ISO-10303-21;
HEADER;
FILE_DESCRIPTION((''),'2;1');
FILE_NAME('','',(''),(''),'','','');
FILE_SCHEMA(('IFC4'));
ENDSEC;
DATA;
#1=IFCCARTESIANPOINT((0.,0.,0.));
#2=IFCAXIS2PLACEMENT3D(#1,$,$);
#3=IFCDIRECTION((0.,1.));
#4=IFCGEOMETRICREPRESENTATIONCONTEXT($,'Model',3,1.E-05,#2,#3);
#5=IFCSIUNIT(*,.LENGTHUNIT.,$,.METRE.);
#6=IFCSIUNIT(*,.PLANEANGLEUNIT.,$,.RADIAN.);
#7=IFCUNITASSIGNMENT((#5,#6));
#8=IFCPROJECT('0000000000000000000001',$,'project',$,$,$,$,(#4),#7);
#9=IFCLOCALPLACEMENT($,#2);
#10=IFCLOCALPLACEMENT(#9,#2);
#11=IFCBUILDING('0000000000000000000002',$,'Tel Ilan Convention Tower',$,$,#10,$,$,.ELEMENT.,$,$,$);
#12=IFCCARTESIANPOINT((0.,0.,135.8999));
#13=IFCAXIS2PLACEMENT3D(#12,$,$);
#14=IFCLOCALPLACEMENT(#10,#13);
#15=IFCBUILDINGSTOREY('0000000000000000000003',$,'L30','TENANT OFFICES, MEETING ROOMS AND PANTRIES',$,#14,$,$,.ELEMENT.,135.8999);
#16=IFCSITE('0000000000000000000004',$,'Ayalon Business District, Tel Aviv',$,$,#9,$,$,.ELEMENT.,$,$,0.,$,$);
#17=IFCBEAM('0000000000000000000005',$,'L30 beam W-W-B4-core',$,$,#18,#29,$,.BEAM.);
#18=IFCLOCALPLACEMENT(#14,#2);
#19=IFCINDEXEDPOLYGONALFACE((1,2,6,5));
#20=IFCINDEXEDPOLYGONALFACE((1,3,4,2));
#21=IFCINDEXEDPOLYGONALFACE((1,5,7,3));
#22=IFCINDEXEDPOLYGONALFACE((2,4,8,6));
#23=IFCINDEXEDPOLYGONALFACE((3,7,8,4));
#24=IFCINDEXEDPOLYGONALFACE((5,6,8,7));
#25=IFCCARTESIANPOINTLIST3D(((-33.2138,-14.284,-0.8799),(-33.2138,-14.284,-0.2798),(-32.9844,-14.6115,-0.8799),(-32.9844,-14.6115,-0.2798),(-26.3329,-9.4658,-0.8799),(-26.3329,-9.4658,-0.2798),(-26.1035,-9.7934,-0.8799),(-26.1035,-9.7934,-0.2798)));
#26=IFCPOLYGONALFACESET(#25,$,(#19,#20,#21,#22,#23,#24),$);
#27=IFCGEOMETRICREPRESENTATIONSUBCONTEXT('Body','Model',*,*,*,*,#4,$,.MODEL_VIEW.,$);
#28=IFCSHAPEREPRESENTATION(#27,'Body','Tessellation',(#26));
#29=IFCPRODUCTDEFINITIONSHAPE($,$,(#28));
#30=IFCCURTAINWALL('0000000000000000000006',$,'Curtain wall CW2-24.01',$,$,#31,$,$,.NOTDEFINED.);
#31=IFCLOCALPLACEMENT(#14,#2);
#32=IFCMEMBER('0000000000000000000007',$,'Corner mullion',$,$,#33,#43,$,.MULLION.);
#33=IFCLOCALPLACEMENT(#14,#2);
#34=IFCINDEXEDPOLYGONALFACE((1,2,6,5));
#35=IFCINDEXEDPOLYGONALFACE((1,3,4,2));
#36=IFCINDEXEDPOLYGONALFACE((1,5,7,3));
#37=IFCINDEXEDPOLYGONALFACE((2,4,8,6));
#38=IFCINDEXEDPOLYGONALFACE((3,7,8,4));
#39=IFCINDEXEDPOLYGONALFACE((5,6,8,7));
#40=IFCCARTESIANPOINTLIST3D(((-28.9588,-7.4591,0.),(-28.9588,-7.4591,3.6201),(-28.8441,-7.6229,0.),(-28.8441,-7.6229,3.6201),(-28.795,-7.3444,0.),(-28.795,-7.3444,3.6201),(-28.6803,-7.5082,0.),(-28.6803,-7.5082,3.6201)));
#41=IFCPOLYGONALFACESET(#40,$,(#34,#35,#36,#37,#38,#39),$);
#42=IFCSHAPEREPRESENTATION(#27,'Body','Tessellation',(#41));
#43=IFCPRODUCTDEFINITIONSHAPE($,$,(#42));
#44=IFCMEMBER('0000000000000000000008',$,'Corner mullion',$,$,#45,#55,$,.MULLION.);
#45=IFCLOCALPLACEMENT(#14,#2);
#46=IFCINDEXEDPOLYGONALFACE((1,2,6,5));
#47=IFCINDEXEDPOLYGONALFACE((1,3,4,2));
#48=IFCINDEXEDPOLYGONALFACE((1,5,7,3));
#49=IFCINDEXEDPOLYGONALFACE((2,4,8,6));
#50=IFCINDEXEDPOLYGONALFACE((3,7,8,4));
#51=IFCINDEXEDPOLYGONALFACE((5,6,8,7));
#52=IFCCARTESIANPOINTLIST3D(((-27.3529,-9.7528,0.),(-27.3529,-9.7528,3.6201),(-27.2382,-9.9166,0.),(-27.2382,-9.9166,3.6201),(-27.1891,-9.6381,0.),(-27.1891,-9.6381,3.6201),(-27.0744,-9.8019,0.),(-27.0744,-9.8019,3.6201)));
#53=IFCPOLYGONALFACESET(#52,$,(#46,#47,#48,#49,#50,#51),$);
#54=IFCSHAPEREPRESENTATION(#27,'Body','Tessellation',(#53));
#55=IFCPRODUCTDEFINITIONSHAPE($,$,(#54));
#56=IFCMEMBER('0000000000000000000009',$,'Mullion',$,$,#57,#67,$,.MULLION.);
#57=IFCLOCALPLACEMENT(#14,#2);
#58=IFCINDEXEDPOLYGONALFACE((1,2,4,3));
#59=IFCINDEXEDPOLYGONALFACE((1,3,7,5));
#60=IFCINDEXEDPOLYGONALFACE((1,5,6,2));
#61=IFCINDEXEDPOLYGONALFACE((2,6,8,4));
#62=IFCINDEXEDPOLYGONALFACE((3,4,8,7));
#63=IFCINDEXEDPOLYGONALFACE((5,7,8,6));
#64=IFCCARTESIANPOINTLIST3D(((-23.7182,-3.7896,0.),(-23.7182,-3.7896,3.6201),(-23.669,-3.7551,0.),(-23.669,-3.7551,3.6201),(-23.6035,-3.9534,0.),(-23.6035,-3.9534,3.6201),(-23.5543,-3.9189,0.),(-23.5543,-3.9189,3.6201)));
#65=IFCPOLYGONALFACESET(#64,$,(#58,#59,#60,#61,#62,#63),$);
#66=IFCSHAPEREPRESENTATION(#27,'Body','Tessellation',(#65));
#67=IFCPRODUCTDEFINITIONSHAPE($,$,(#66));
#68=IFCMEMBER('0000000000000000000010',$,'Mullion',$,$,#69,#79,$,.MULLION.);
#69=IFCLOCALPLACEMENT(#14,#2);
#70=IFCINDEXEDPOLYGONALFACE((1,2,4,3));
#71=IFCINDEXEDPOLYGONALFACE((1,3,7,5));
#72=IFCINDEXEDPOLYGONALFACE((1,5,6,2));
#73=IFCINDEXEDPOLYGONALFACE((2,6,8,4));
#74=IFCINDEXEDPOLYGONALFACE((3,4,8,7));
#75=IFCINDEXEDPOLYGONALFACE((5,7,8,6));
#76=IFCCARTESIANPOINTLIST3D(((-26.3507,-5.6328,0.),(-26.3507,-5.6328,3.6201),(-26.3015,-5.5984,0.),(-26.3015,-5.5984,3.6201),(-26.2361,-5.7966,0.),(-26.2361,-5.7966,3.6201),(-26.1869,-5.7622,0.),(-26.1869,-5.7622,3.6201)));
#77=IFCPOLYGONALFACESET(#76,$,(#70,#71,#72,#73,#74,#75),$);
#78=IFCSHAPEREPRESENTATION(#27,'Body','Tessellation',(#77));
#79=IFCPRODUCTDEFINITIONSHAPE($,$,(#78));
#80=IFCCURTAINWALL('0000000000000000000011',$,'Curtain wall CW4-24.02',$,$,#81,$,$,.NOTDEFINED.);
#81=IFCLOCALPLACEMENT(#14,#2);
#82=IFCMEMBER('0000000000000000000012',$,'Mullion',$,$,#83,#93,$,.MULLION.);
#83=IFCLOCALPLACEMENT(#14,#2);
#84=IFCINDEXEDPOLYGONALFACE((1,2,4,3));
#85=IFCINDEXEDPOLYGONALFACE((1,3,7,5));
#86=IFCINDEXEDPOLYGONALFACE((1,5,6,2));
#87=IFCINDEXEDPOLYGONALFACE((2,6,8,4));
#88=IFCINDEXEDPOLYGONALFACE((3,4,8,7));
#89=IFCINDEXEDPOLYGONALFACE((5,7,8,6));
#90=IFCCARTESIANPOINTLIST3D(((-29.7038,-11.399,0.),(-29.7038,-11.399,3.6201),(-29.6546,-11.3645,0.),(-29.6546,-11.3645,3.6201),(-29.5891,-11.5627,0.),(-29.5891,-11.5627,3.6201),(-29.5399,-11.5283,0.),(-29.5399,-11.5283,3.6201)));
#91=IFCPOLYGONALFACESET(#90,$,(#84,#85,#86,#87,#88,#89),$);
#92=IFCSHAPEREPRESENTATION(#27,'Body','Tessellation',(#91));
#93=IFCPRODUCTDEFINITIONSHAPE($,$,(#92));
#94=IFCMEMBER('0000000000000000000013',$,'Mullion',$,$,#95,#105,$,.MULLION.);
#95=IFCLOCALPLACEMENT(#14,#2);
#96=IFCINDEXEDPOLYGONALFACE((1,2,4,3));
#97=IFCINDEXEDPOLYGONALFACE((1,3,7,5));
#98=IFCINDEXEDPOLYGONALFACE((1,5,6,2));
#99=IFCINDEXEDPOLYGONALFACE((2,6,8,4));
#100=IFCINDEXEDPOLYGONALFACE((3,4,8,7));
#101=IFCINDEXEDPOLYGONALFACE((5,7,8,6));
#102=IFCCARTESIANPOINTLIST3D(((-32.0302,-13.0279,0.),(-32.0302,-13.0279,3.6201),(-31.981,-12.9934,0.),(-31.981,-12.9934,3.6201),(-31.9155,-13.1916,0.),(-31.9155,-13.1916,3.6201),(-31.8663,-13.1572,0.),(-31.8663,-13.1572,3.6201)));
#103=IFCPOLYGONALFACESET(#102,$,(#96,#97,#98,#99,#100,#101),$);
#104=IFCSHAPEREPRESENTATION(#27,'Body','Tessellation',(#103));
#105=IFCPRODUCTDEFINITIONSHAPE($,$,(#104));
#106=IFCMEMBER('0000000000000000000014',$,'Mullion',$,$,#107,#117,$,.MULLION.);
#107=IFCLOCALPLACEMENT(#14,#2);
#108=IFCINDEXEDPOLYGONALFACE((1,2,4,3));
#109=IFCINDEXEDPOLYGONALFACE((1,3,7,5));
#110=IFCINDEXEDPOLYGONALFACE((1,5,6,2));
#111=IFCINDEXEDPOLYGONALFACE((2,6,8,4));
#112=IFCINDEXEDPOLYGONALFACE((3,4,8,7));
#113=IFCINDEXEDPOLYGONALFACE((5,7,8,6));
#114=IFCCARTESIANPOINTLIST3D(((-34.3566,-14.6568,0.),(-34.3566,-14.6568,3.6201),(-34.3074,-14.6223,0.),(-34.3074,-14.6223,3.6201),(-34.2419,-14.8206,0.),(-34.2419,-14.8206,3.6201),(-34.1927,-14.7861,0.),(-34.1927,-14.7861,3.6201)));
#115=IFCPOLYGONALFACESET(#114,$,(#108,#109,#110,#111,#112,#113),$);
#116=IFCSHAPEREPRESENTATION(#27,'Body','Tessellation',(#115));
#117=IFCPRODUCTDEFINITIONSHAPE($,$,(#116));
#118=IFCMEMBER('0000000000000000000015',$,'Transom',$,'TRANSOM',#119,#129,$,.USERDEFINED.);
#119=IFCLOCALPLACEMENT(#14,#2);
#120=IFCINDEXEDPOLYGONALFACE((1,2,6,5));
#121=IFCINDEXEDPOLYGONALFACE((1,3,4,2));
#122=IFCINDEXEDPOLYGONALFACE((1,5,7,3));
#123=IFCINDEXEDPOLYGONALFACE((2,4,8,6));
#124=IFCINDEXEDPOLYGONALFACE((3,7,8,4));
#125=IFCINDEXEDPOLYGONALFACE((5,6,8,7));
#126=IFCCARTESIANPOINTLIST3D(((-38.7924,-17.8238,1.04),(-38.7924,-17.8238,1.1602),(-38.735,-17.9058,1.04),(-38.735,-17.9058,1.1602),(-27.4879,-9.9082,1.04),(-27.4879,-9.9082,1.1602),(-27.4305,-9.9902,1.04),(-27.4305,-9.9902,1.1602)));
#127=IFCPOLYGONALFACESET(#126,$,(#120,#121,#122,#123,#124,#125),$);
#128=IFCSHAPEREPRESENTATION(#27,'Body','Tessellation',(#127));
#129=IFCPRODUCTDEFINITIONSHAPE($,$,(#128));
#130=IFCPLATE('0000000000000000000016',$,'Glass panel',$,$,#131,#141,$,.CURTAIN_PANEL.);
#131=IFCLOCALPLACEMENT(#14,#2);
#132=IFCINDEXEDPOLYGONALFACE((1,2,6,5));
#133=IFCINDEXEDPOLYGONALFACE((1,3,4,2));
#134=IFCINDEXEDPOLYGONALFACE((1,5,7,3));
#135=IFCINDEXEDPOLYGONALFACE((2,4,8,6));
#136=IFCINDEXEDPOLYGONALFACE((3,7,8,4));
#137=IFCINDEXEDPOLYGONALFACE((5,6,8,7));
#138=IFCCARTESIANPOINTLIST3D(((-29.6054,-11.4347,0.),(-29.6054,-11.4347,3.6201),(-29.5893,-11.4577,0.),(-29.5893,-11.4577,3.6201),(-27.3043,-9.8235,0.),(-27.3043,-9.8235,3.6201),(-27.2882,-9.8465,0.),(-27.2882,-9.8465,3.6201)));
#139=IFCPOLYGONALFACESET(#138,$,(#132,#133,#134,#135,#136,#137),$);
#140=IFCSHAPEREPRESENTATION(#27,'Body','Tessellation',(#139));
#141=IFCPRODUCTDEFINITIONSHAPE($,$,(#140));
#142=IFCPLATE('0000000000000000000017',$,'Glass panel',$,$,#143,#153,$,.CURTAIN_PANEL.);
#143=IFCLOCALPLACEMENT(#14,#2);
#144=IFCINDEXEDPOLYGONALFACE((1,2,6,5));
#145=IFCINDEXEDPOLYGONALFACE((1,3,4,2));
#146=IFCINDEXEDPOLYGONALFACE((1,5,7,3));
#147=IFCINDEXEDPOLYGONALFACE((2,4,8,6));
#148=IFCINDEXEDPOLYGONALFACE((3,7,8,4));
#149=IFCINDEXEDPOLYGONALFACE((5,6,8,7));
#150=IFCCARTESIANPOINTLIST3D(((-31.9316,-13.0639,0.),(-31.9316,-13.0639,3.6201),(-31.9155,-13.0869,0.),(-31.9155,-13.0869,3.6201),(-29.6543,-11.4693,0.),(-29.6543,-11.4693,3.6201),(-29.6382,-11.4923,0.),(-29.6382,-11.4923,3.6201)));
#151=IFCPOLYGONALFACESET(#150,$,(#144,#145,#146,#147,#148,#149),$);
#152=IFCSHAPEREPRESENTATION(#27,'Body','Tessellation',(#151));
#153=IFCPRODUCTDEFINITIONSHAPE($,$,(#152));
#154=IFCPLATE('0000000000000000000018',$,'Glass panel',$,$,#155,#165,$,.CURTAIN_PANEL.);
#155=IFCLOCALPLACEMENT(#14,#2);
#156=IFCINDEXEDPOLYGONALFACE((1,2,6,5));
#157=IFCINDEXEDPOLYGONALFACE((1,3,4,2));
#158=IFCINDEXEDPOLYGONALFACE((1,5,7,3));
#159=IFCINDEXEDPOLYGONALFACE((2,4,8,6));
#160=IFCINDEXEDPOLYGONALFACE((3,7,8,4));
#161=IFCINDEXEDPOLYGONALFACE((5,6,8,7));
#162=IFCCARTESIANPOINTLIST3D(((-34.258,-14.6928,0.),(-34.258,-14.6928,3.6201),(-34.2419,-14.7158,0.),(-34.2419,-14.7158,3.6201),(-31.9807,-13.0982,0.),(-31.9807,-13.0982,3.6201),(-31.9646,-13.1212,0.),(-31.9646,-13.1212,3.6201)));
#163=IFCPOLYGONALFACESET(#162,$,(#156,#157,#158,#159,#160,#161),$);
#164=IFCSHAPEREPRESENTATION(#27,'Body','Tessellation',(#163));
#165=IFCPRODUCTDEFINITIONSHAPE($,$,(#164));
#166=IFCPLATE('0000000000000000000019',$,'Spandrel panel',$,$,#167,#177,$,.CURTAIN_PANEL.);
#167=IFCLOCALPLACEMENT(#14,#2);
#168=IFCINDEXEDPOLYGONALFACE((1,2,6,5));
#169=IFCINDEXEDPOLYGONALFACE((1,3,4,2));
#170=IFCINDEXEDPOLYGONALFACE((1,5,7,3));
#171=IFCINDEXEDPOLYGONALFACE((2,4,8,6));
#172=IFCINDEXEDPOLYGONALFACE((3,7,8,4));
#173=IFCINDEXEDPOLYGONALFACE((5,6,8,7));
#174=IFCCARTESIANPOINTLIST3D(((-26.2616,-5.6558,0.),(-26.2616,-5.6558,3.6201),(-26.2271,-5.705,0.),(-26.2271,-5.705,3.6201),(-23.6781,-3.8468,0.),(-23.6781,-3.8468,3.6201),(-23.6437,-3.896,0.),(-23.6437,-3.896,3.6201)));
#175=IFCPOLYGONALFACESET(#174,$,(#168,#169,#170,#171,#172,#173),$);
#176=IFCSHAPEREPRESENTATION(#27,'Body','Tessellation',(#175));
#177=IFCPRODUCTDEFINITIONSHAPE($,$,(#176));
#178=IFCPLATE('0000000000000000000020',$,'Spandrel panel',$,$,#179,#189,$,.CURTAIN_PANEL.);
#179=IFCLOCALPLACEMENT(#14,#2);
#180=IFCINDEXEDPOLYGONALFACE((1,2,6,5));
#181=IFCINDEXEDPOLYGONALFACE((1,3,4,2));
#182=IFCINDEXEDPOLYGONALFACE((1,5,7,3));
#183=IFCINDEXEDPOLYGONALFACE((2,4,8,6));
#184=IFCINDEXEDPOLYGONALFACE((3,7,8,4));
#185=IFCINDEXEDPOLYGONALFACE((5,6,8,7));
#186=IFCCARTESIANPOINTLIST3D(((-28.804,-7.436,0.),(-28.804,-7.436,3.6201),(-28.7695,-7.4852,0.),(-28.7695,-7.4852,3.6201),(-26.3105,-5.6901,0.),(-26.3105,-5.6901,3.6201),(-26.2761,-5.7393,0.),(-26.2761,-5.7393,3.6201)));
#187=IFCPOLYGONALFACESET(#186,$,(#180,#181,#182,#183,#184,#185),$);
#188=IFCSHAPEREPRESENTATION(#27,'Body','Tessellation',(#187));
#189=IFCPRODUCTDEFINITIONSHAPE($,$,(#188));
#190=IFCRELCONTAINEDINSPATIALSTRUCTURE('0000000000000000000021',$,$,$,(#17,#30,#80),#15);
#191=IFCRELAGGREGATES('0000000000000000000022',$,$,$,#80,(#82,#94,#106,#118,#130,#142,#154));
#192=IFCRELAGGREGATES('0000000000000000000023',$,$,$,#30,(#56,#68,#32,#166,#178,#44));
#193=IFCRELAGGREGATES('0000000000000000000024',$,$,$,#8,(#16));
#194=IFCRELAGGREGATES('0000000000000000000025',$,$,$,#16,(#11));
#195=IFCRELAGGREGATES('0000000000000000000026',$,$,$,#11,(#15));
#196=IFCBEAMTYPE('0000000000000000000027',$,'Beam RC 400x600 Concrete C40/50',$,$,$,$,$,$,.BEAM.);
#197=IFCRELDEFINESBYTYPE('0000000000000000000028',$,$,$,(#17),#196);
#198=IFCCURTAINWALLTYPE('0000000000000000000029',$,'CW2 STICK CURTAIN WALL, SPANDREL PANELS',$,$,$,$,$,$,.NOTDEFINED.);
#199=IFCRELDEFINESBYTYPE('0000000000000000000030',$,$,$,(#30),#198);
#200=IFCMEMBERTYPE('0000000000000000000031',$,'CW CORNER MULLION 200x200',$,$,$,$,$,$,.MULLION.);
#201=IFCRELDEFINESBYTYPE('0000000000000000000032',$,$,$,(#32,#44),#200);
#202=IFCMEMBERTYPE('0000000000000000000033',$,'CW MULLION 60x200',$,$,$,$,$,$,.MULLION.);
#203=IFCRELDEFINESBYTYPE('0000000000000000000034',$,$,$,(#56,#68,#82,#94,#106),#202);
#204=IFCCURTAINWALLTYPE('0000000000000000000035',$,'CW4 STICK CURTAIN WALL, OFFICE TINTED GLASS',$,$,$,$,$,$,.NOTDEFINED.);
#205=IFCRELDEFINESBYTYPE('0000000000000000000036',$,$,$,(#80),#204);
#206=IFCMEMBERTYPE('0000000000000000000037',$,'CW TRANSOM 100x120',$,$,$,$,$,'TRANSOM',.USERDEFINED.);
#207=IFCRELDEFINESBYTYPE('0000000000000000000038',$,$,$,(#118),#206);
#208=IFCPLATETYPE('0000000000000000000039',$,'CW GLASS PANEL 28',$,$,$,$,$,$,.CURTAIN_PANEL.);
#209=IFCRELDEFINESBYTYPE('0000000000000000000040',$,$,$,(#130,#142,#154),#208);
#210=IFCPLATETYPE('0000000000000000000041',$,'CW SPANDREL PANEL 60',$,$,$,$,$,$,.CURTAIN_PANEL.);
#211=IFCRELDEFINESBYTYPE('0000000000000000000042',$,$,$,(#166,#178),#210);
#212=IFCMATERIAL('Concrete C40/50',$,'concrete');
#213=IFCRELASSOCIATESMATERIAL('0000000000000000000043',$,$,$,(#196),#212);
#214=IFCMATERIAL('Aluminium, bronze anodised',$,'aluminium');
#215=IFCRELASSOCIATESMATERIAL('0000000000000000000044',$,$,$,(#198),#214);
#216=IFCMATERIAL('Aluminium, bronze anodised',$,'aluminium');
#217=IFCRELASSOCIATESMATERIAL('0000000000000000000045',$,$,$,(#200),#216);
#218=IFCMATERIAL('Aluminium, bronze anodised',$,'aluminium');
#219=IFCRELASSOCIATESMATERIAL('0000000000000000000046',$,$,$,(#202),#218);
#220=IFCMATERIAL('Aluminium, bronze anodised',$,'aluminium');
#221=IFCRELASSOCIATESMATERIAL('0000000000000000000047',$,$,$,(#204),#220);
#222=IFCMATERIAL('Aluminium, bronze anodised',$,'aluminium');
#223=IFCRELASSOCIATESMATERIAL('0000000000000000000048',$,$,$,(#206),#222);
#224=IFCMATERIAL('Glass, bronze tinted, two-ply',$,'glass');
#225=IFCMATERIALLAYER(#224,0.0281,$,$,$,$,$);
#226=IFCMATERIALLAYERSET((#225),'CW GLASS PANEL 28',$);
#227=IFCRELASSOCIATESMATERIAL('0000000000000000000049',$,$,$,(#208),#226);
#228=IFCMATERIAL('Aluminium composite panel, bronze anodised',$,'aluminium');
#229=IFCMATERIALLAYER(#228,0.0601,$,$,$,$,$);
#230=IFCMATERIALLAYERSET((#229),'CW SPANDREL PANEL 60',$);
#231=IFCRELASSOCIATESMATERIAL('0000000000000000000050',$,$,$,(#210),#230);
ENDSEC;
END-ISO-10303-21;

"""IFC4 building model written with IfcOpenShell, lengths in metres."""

from ifc_helpers import new_model, si_unit, direction, frame, origin, origin_2d, place, context, subcontext, project, spatial, rectangle, extrude, material, layer, layer_set, material_profile, profile_set, type_object, element, aggregate, save


model = new_model("IFC4")

# Units and contexts
model_context = context("Model", 3, precision=1e-05, world=origin(), true_north=direction((0.0, 1.0)))
body_context = subcontext(model_context, "Body", "Model", "MODEL_VIEW")
ifc_project = project(units=[si_unit("LENGTHUNIT", "METRE"), si_unit("PLANEANGLEUNIT", "RADIAN")], contexts=[model_context])

# Site, building, storey
site_placement = place(None, origin())
site = spatial("IfcSite", under=ifc_project, at=site_placement, Name="Ayalon Business District, Tel Aviv", CompositionType="ELEMENT", RefElevation=0.0)
building_placement = place(site_placement, origin())
building = spatial("IfcBuilding", under=site, at=building_placement, Name="Tel Ilan Convention Tower", CompositionType="ELEMENT")
storey_placement = place(building_placement, frame((0.0, 0.0, 135.8999)))
storey = spatial("IfcBuildingStorey", under=building, at=storey_placement, Name="L30", Description="TENANT OFFICES, MEETING ROOMS AND PANTRIES", CompositionType="ELEMENT", Elevation=135.8999)

# Beam
ifc_material_1 = material(Name="Concrete C40/50", Category="concrete")
ifc_material_profile_1 = material_profile(ifc_material_1, rectangle(XDim=0.3999, YDim=0.6001, at=origin_2d()), Name="RC 400x600")
ifc_profile_set_1 = profile_set([ifc_material_profile_1], Name="Concrete C40/50")
beam_type = type_object("IfcBeamType", Name="Beam RC 400x600 Concrete C40/50", PredefinedType="BEAM", material=ifc_profile_set_1)
beam_placement = place(storey_placement, frame((-33.0991, -14.4478, -0.5798), z_axis=(0.819147, 0.573583, 0.0), x_axis=(-0.573583, 0.819147, 0.0)))
element("IfcBeam", 1, at=beam_placement, inside=storey, type_object=beam_type, Name="L30 beam W-W-B4-core", PredefinedType="BEAM", context=body_context, shape_type="SweptSolid", body=[
    extrude(rectangle(XDim=0.3999, YDim=0.6001, at=origin_2d()), origin(), (0.0, 0.0, 1.0), 8.4001),
])

# Curtain wall, members
ifc_material_2 = material(Name="Aluminium, bronze anodised", Category="aluminium")
curtain_wall_type_1 = type_object("IfcCurtainWallType", Name="CW2 STICK CURTAIN WALL, SPANDREL PANELS", PredefinedType="NOTDEFINED", material=ifc_material_2)
curtain_wall_1_placement = place(storey_placement, origin())
curtain_wall_1 = element("IfcCurtainWall", 2, at=curtain_wall_1_placement, inside=storey, type_object=curtain_wall_type_1, Name="Curtain wall CW2-24.01", PredefinedType="NOTDEFINED")
ifc_material_3 = material(Name="Aluminium, bronze anodised", Category="aluminium")
ifc_material_profile_2 = material_profile(ifc_material_3, rectangle(XDim=0.2, YDim=0.2, at=origin_2d()), Name="CW CORNER MULLION 200x200")
ifc_profile_set_2 = profile_set([ifc_material_profile_2], Name="Aluminium, bronze anodised")
member_type_1 = type_object("IfcMemberType", Name="CW CORNER MULLION 200x200", PredefinedType="MULLION", material=ifc_profile_set_2)
member_1_placement = place(storey_placement, frame((-28.8196, -7.4836, 0.0), z_axis=(0.0, 0.0, 1.0), x_axis=(-0.819152, -0.573576, 0.0)))
member_1 = element("IfcMember", 3, at=member_1_placement, type_object=member_type_1, Name="Corner mullion", PredefinedType="MULLION", context=body_context, shape_type="SweptSolid", body=[
    extrude(rectangle(XDim=0.2, YDim=0.2, at=origin_2d()), origin(), (0.0, 0.0, 1.0), 3.6201),
])
member_2_placement = place(storey_placement, frame((-27.2136, -9.7773, 0.0), z_axis=(0.0, 0.0, 1.0), x_axis=(0.573576, -0.819152, 0.0)))
member_2 = element("IfcMember", 4, at=member_2_placement, type_object=member_type_1, Name="Corner mullion", PredefinedType="MULLION", context=body_context, shape_type="SweptSolid", body=[
    extrude(rectangle(XDim=0.2, YDim=0.2, at=origin_2d()), origin(), (0.0, 0.0, 1.0), 3.6201),
])
ifc_material_4 = material(Name="Aluminium, bronze anodised", Category="aluminium")
ifc_material_profile_3 = material_profile(ifc_material_4, rectangle(XDim=0.0601, YDim=0.2, at=origin_2d()), Name="CW MULLION 60x200")
ifc_profile_set_3 = profile_set([ifc_material_profile_3], Name="Aluminium, bronze anodised")
member_type_2 = type_object("IfcMemberType", Name="CW MULLION 60x200", PredefinedType="MULLION", material=ifc_profile_set_3)
member_3_placement = place(storey_placement, frame((-23.6362, -3.8542, 0.0), z_axis=(0.0, 0.0, 1.0), x_axis=(-0.819152, -0.573576, 0.0)))
member_3 = element("IfcMember", 5, at=member_3_placement, type_object=member_type_2, Name="Mullion", PredefinedType="MULLION", context=body_context, shape_type="SweptSolid", body=[
    extrude(rectangle(XDim=0.0601, YDim=0.2, at=origin_2d()), origin(), (0.0, 0.0, 1.0), 3.6201),
])
member_4_placement = place(storey_placement, frame((-26.2688, -5.6975, 0.0), z_axis=(0.0, 0.0, 1.0), x_axis=(-0.819152, -0.573576, 0.0)))
member_4 = element("IfcMember", 6, at=member_4_placement, type_object=member_type_2, Name="Mullion", PredefinedType="MULLION", context=body_context, shape_type="SweptSolid", body=[
    extrude(rectangle(XDim=0.0601, YDim=0.2, at=origin_2d()), origin(), (0.0, 0.0, 1.0), 3.6201),
])

# Curtain wall, members, plates
ifc_material_5 = material(Name="Aluminium, bronze anodised", Category="aluminium")
curtain_wall_type_2 = type_object("IfcCurtainWallType", Name="CW4 STICK CURTAIN WALL, OFFICE TINTED GLASS", PredefinedType="NOTDEFINED", material=ifc_material_5)
curtain_wall_2_placement = place(storey_placement, origin())
curtain_wall_2 = element("IfcCurtainWall", 7, at=curtain_wall_2_placement, inside=storey, type_object=curtain_wall_type_2, Name="Curtain wall CW4-24.02", PredefinedType="NOTDEFINED")
member_5_placement = place(storey_placement, frame((-29.6218, -11.4636, 0.0), z_axis=(0.0, 0.0, 1.0), x_axis=(-0.819152, -0.573576, 0.0)))
member_5 = element("IfcMember", 8, at=member_5_placement, type_object=member_type_2, Name="Mullion", PredefinedType="MULLION", context=body_context, shape_type="SweptSolid", body=[
    extrude(rectangle(XDim=0.0601, YDim=0.2, at=origin_2d()), origin(), (0.0, 0.0, 1.0), 3.6201),
])
member_6_placement = place(storey_placement, frame((-31.9482, -13.0925, 0.0), z_axis=(0.0, 0.0, 1.0), x_axis=(-0.819152, -0.573576, 0.0)))
member_6 = element("IfcMember", 9, at=member_6_placement, type_object=member_type_2, Name="Mullion", PredefinedType="MULLION", context=body_context, shape_type="SweptSolid", body=[
    extrude(rectangle(XDim=0.0601, YDim=0.2, at=origin_2d()), origin(), (0.0, 0.0, 1.0), 3.6201),
])
member_7_placement = place(storey_placement, frame((-34.2747, -14.7214, 0.0), z_axis=(0.0, 0.0, 1.0), x_axis=(-0.819152, -0.573576, 0.0)))
member_7 = element("IfcMember", 10, at=member_7_placement, type_object=member_type_2, Name="Mullion", PredefinedType="MULLION", context=body_context, shape_type="SweptSolid", body=[
    extrude(rectangle(XDim=0.0601, YDim=0.2, at=origin_2d()), origin(), (0.0, 0.0, 1.0), 3.6201),
])
ifc_material_6 = material(Name="Aluminium, bronze anodised", Category="aluminium")
ifc_material_profile_4 = material_profile(ifc_material_6, rectangle(XDim=0.1001, YDim=0.1201, at=origin_2d()), Name="CW TRANSOM 100x120")
ifc_profile_set_4 = profile_set([ifc_material_profile_4], Name="Aluminium, bronze anodised")
member_type_3 = type_object("IfcMemberType", Name="CW TRANSOM 100x120", ElementType="TRANSOM", PredefinedType="USERDEFINED", material=ifc_profile_set_4)
member_8_placement = place(storey_placement, frame((-27.4592, -9.9492, 1.1001), z_axis=(-0.81915, -0.57358, 0.0), x_axis=(0.57358, -0.81915, 0.0)))
member_8 = element("IfcMember", 11, at=member_8_placement, type_object=member_type_3, Name="Transom", ObjectType="TRANSOM", PredefinedType="USERDEFINED", context=body_context, shape_type="SweptSolid", body=[
    extrude(rectangle(XDim=0.1001, YDim=0.1201, at=origin_2d()), origin(), (0.0, 0.0, 1.0), 13.8003),
])
ifc_material_7 = material(Name="Glass, bronze tinted, two-ply", Category="glass")
ifc_layer_1 = layer(ifc_material_7, 0.0281)
ifc_layer_set_1 = layer_set([ifc_layer_1], Name="CW GLASS PANEL 28")
plate_type_1 = type_object("IfcPlateType", Name="CW GLASS PANEL 28", PredefinedType="CURTAIN_PANEL", material=ifc_layer_set_1)
plate_1_placement = place(storey_placement, frame((-28.4468, -10.6406, 0.0), z_axis=(0.0, 0.0, 1.0), x_axis=(-0.819152, -0.573576, 0.0)))
plate_1 = element("IfcPlate", 12, at=plate_1_placement, type_object=plate_type_1, Name="Glass panel", PredefinedType="CURTAIN_PANEL", context=body_context, shape_type="SweptSolid", body=[
    extrude(rectangle(XDim=2.8091, YDim=0.0281, at=origin_2d()), origin(), (0.0, 0.0, 1.0), 3.6201),
])
plate_2_placement = place(storey_placement, frame((-30.7849, -12.2781, 0.0), z_axis=(0.0, 0.0, 1.0), x_axis=(-0.819152, -0.573576, 0.0)))
plate_2 = element("IfcPlate", 13, at=plate_2_placement, type_object=plate_type_1, Name="Glass panel", PredefinedType="CURTAIN_PANEL", context=body_context, shape_type="SweptSolid", body=[
    extrude(rectangle(XDim=2.78, YDim=0.0281, at=origin_2d()), origin(), (0.0, 0.0, 1.0), 3.6201),
])
plate_3_placement = place(storey_placement, frame((-33.1113, -13.907, 0.0), z_axis=(0.0, 0.0, 1.0), x_axis=(-0.819152, -0.573576, 0.0)))
plate_3 = element("IfcPlate", 14, at=plate_3_placement, type_object=plate_type_1, Name="Glass panel", PredefinedType="CURTAIN_PANEL", context=body_context, shape_type="SweptSolid", body=[
    extrude(rectangle(XDim=2.78, YDim=0.0281, at=origin_2d()), origin(), (0.0, 0.0, 1.0), 3.6201),
])
aggregate(curtain_wall_2, [member_5, member_6, member_7, member_8, plate_1, plate_2, plate_3])

# Plates
ifc_material_8 = material(Name="Aluminium composite panel, bronze anodised", Category="aluminium")
ifc_layer_2 = layer(ifc_material_8, 0.0601)
ifc_layer_set_2 = layer_set([ifc_layer_2], Name="CW SPANDREL PANEL 60")
plate_type_2 = type_object("IfcPlateType", Name="CW SPANDREL PANEL 60", PredefinedType="CURTAIN_PANEL", material=ifc_layer_set_2)
plate_4_placement = place(storey_placement, frame((-24.9526, -4.7759, 0.0), z_axis=(0.0, 0.0, 1.0), x_axis=(-0.819152, -0.573576, 0.0)))
plate_4 = element("IfcPlate", 15, at=plate_4_placement, type_object=plate_type_2, Name="Spandrel panel", PredefinedType="CURTAIN_PANEL", context=body_context, shape_type="SweptSolid", body=[
    extrude(rectangle(XDim=3.1538, YDim=0.0601, at=origin_2d()), origin(), (0.0, 0.0, 1.0), 3.6201),
])
plate_5_placement = place(storey_placement, frame((-27.54, -6.5876, 0.0), z_axis=(0.0, 0.0, 1.0), x_axis=(-0.819152, -0.573576, 0.0)))
plate_5 = element("IfcPlate", 16, at=plate_5_placement, type_object=plate_type_2, Name="Spandrel panel", PredefinedType="CURTAIN_PANEL", context=body_context, shape_type="SweptSolid", body=[
    extrude(rectangle(XDim=3.0439, YDim=0.0601, at=origin_2d()), origin(), (0.0, 0.0, 1.0), 3.6201),
])
aggregate(curtain_wall_1, [member_3, member_4, member_1, plate_4, plate_5, member_2])

save(model, "model.ifc")
